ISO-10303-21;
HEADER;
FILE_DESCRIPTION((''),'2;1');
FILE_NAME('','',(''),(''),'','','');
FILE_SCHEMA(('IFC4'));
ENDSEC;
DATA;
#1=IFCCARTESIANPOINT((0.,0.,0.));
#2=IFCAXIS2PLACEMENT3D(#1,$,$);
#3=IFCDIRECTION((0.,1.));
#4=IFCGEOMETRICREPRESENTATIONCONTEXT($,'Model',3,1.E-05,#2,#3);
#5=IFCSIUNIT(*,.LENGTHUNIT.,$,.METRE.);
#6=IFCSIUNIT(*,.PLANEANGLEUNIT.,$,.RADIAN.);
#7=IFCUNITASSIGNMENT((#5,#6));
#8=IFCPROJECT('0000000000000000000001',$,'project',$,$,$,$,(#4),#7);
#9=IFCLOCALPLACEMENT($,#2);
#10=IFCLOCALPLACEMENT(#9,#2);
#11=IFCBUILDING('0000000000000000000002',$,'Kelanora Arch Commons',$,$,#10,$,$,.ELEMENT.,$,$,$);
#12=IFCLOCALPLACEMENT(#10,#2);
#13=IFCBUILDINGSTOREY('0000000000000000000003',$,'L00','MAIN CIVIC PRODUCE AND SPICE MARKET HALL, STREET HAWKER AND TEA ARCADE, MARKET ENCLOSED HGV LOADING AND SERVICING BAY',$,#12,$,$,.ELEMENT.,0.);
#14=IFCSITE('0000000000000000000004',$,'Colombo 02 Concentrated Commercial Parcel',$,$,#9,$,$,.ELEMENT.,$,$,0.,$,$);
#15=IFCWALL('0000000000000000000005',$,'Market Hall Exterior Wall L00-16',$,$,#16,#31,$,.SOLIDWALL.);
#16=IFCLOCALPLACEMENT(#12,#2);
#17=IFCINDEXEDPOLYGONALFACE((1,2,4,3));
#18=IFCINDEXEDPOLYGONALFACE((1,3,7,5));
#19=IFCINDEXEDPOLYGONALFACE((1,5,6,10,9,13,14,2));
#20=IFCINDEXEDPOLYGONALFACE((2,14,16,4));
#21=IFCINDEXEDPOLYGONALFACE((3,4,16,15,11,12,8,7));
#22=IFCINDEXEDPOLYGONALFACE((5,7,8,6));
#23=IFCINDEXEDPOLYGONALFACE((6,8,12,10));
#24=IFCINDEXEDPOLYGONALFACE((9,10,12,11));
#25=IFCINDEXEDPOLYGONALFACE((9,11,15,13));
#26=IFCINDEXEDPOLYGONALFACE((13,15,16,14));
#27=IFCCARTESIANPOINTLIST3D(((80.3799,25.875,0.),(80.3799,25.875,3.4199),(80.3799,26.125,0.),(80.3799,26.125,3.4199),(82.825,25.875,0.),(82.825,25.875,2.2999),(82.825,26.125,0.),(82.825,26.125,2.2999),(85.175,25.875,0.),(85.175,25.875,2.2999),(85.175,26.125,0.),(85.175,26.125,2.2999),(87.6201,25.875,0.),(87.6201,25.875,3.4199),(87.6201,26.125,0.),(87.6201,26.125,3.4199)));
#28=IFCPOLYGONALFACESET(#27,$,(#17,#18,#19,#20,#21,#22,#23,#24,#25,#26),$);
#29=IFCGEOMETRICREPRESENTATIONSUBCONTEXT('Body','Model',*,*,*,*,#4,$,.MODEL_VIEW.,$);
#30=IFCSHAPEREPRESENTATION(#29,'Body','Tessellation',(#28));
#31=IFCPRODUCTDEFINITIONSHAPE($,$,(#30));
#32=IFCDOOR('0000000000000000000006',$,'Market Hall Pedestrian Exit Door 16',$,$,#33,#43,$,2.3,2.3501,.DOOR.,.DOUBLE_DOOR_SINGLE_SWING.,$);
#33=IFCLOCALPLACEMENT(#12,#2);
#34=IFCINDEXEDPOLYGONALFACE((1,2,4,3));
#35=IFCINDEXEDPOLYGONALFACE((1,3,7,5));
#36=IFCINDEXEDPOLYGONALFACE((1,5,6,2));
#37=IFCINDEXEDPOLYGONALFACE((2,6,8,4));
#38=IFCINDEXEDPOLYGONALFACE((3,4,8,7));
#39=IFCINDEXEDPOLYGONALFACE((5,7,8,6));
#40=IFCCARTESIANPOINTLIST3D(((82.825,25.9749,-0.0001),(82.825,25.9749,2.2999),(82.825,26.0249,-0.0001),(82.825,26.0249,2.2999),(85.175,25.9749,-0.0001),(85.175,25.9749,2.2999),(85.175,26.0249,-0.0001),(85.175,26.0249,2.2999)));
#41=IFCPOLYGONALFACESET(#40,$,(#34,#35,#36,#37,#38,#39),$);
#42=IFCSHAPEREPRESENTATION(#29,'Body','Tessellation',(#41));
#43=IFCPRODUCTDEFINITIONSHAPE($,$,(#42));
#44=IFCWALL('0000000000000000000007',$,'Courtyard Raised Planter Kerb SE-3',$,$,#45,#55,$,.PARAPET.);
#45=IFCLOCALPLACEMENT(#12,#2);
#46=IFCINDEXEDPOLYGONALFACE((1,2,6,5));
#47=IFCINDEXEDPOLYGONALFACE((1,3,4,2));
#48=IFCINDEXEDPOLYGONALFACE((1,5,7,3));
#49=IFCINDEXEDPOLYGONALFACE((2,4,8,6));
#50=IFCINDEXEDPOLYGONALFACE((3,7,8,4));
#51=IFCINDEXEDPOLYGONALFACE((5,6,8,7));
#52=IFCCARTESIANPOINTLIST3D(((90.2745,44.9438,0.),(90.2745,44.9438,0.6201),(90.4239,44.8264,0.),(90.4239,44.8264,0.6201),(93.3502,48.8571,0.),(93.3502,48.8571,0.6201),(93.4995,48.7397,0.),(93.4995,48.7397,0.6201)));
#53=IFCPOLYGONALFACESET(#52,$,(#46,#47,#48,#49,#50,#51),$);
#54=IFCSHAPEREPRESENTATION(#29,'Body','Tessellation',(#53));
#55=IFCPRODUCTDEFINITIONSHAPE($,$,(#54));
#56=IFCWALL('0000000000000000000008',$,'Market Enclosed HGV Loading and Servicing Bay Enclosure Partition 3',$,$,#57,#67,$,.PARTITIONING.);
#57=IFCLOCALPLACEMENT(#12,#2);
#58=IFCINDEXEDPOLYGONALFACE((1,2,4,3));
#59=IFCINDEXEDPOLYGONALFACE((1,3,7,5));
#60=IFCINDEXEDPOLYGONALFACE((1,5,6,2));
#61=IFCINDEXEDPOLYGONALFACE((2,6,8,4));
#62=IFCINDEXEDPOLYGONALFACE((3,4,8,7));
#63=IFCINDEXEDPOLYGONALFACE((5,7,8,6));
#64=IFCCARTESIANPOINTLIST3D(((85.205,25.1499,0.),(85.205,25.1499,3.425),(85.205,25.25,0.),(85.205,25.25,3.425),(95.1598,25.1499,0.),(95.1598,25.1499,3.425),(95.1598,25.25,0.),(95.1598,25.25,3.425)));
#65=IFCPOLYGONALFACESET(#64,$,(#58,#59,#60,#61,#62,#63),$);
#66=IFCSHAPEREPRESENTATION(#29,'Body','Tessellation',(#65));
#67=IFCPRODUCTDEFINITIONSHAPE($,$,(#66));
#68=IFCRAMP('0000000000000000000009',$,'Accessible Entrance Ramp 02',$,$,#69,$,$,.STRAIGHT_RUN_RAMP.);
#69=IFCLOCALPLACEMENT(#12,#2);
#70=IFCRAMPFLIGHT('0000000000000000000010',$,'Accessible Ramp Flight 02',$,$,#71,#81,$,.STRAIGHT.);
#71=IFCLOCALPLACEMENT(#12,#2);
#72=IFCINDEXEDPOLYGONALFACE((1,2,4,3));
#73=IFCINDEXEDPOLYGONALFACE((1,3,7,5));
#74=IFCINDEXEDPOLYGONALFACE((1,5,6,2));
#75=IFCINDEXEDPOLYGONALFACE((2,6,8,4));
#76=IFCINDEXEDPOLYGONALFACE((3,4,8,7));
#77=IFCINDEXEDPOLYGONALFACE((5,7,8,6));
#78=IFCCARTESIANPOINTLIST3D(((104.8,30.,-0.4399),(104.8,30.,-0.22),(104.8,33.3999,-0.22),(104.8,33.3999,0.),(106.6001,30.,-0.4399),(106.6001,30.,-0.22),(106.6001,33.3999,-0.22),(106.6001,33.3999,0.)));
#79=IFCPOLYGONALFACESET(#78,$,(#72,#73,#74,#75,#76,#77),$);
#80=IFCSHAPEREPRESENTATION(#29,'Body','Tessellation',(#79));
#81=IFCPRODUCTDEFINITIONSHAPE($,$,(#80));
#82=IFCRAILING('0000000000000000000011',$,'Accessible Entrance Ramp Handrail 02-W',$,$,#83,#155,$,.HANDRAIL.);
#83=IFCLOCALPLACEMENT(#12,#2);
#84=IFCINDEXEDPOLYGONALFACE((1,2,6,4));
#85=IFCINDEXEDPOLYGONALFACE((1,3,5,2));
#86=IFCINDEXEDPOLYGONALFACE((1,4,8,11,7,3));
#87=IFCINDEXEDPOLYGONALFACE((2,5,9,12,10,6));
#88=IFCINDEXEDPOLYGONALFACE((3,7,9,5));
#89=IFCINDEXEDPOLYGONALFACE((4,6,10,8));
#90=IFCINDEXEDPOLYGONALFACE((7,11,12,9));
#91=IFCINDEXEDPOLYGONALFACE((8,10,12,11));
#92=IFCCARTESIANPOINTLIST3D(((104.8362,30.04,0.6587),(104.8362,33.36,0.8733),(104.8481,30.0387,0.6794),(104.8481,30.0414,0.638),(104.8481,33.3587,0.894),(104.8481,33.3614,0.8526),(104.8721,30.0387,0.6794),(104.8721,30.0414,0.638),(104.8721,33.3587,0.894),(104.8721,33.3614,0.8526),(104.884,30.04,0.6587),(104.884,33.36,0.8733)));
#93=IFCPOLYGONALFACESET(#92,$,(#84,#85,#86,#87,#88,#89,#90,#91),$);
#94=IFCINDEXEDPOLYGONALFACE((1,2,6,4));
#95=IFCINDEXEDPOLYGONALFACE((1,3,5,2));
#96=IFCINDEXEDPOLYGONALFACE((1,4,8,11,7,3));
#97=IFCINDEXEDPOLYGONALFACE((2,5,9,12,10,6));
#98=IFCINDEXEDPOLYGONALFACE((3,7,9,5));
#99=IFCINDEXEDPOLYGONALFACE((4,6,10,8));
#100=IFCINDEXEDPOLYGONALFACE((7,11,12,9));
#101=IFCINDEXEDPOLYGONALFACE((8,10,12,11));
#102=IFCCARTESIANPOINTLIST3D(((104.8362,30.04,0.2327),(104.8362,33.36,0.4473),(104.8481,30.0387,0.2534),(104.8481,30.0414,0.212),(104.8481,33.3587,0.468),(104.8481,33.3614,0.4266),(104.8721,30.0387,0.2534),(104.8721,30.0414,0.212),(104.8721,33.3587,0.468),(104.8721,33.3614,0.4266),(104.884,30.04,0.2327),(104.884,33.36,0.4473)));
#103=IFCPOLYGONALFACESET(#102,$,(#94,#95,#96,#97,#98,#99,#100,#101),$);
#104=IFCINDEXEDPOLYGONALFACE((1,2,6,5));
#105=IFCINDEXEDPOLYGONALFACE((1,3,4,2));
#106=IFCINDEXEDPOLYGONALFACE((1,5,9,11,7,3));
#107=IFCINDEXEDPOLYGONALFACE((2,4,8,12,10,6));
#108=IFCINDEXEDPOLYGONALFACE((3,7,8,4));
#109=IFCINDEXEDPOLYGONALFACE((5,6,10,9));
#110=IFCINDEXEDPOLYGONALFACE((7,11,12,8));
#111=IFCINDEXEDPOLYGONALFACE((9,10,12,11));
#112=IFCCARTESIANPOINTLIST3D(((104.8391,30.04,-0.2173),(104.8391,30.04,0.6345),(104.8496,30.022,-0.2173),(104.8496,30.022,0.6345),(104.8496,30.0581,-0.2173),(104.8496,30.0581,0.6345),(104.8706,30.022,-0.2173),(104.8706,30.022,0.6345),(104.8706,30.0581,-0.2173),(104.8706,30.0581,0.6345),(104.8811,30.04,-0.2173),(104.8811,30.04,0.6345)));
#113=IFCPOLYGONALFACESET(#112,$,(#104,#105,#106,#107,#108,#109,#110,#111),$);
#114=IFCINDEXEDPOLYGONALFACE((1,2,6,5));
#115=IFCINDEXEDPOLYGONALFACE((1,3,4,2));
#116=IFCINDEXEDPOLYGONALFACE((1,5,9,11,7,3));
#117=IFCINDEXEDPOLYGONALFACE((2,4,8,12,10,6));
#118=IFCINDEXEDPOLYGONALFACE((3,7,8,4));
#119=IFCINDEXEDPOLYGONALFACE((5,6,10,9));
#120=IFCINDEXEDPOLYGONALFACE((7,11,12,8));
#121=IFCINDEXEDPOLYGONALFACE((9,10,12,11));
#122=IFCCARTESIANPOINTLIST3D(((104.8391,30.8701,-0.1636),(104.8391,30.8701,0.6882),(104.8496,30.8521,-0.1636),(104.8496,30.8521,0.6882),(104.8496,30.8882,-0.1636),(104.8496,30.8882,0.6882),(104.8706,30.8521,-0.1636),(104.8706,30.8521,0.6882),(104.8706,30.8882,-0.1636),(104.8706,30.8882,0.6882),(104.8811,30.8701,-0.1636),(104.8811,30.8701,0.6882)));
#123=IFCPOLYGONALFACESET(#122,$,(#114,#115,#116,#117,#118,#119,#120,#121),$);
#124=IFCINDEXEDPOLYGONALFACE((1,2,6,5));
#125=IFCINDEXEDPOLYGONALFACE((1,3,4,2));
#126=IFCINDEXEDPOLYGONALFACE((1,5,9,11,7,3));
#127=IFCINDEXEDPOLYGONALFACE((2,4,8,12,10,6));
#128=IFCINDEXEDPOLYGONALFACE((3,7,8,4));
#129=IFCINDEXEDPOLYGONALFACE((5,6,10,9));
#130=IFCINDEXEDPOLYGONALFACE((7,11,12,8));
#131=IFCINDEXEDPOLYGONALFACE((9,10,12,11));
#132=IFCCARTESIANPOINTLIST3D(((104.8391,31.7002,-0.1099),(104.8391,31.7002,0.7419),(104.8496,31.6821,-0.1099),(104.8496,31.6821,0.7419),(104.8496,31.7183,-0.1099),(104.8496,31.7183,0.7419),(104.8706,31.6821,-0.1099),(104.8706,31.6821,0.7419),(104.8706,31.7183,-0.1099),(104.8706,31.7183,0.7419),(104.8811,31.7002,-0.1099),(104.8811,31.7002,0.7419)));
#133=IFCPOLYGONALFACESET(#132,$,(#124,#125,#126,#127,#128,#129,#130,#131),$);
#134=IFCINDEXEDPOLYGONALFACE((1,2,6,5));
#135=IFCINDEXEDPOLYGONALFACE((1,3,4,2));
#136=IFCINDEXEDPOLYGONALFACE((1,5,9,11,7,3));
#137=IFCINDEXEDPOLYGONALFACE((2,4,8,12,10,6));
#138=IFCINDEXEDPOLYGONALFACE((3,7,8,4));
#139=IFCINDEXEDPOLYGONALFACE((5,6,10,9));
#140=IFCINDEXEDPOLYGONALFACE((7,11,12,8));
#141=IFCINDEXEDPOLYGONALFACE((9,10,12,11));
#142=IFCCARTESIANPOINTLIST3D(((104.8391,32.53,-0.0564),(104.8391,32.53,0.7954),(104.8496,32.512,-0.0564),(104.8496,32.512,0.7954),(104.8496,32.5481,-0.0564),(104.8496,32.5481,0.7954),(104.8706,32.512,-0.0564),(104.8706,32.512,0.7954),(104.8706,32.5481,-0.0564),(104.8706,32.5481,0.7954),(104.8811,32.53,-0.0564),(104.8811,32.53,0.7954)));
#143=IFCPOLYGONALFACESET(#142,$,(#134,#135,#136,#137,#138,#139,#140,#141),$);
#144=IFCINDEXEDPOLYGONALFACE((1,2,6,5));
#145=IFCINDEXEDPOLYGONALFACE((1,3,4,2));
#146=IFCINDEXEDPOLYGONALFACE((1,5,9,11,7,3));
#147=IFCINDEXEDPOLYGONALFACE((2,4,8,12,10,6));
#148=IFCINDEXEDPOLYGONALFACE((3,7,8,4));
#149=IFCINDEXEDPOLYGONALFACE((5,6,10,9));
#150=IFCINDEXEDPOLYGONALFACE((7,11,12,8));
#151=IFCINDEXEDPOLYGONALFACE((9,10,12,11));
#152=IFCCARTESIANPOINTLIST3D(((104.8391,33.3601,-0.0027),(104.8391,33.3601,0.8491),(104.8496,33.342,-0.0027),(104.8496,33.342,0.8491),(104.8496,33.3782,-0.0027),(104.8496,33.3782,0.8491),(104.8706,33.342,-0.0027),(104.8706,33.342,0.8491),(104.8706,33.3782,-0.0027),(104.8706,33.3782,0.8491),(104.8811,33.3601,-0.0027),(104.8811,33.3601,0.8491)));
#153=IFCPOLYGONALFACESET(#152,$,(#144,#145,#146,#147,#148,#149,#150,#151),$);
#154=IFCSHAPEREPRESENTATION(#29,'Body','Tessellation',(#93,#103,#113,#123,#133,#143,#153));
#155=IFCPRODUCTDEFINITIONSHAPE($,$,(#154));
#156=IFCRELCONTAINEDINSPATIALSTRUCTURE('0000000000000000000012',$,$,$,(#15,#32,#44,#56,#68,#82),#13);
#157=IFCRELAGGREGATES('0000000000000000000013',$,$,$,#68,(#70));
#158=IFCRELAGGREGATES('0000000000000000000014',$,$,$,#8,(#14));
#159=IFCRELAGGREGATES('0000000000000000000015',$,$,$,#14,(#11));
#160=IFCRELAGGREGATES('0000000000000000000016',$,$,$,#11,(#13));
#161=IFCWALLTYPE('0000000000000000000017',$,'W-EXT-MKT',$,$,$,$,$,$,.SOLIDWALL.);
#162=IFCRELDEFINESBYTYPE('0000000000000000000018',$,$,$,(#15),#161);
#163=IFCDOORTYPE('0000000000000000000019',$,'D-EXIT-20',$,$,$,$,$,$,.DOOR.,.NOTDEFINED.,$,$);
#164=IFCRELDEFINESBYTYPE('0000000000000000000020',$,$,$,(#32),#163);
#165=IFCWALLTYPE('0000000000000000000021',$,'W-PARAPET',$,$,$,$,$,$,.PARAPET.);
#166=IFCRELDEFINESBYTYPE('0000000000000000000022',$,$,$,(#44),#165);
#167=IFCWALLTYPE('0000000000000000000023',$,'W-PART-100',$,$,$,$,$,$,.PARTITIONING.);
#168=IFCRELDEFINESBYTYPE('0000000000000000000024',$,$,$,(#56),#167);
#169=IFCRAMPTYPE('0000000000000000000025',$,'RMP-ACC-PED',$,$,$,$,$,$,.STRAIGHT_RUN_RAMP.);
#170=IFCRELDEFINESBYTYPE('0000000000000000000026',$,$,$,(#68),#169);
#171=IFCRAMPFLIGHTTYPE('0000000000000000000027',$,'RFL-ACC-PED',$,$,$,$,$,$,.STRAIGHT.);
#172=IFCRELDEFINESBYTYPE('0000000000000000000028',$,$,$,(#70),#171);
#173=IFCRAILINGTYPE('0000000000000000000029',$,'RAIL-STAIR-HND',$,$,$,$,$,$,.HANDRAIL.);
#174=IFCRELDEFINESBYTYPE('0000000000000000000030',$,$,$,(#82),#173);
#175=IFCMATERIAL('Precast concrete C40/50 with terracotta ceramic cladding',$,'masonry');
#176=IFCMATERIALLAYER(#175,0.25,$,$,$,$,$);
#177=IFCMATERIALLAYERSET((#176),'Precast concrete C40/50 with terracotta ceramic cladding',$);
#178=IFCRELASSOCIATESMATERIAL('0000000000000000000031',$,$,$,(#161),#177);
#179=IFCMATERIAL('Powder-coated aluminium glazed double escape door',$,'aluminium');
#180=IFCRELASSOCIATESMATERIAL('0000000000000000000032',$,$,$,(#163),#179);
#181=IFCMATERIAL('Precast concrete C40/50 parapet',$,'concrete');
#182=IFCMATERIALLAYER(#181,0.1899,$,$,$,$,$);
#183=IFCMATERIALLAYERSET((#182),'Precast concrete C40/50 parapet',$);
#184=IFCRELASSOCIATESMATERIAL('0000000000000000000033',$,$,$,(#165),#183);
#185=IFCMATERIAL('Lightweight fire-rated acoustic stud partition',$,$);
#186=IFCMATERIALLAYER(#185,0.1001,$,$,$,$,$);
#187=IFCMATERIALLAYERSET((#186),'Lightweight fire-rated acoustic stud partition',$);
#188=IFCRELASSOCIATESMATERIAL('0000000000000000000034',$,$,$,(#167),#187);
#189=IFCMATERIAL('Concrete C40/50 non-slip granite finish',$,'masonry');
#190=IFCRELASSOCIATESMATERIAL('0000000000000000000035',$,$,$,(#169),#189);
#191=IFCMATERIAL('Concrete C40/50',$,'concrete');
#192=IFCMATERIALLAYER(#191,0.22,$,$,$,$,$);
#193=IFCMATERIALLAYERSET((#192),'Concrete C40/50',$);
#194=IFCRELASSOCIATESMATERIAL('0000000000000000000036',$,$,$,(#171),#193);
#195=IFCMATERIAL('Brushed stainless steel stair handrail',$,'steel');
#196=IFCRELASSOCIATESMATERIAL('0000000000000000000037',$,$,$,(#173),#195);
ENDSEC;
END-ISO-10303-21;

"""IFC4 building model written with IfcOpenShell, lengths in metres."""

from ifc_helpers import new_model, si_unit, direction, frame, frame_2d, origin, place, context, subcontext, project, spatial, polyline, rectangle, outline, extrude, material, layer, layer_set, type_object, element, fill, aggregate, save


model = new_model("IFC4")

# Units and contexts
model_context = context("Model", 3, precision=1e-05, world=origin(), true_north=direction((0.0, 1.0)))
body_context = subcontext(model_context, "Body", "Model", "MODEL_VIEW")
ifc_project = project(units=[si_unit("LENGTHUNIT", "METRE"), si_unit("PLANEANGLEUNIT", "RADIAN")], contexts=[model_context])

# Site, building, storey
site_placement = place(None, origin())
site = spatial("IfcSite", under=ifc_project, at=site_placement, Name="Colombo 02 Concentrated Commercial Parcel", CompositionType="ELEMENT", RefElevation=0.0)
building_placement = place(site_placement, origin())
building = spatial("IfcBuilding", under=site, at=building_placement, Name="Kelanora Arch Commons", CompositionType="ELEMENT")
storey_placement = place(building_placement, origin())
storey = spatial("IfcBuildingStorey", under=building, at=storey_placement, Name="L00", Description="MAIN CIVIC PRODUCE AND SPICE MARKET HALL, STREET HAWKER AND TEA ARCADE, MARKET ENCLOSED HGV LOADING AND SERVICING BAY", CompositionType="ELEMENT", Elevation=0.0)

# Shared definitions
ifc_material_1 = material(Name="Concrete C40/50", Category="concrete")

# Shared definitions
ifc_material_2 = material(Name="Precast concrete C40/50 with terracotta ceramic cladding", Category="masonry")
ifc_layer_1 = layer(ifc_material_2, 0.25)
ifc_layer_set_1 = layer_set([ifc_layer_1], Name="Precast concrete C40/50 with terracotta ceramic cladding")
wall_type_1 = type_object("IfcWallType", Name="W-EXT-MKT", PredefinedType="SOLIDWALL", material=ifc_layer_set_1)

# Wall, opening, door
wall_1_placement = place(storey_placement, frame((87.6201, 26.0, 0.0), z_axis=(0.0, 0.0, 1.0), x_axis=(-1.0, 0.0, 0.0)))
wall_1 = element("IfcWall", 1, at=wall_1_placement, inside=storey, type_object=wall_type_1, Name="Market Hall Exterior Wall L00-16", PredefinedType="SOLIDWALL", context=body_context, shape_type="SweptSolid", body=[
    extrude(rectangle(XDim=7.2402, YDim=0.25, at=frame_2d((3.6201, 0.0))), origin(), (0.0, 0.0, 1.0), 3.4199),
])
opening_1_placement = place(wall_1_placement, frame((2.4451, 0.0, 0.0)))
opening_1 = element("IfcOpeningElement", 2, at=opening_1_placement, cuts=wall_1, PredefinedType="OPENING", context=body_context, shape_type="SweptSolid", body=[
    extrude(rectangle(XDim=2.3501, YDim=2.3, at=frame_2d((1.175, 1.1499))), frame((0.0, 0.135, 0.0), z_axis=(0.0, -1.0, 0.0), x_axis=(1.0, 0.0, 0.0)), (0.0, 0.0, 1.0), 0.27),
])
ifc_material_3 = material(Name="Powder-coated aluminium glazed double escape door", Category="aluminium")
door_type = type_object("IfcDoorType", Name="D-EXIT-20", OperationType="NOTDEFINED", PredefinedType="DOOR", material=ifc_material_3)
door_placement = place(opening_1_placement, frame((2.3501, 0.0, 0.0), z_axis=(0.0, 0.0, 1.0), x_axis=(-1.0, 0.0, 0.0)))
door = element("IfcDoor", 3, at=door_placement, inside=storey, type_object=door_type, Name="Market Hall Pedestrian Exit Door 16", OperationType="DOUBLE_DOOR_SINGLE_SWING", OverallHeight=2.3, OverallWidth=2.3501, PredefinedType="DOOR", context=body_context, shape_type="SweptSolid", body=[
    extrude(rectangle(XDim=2.3501, YDim=2.3, at=frame_2d((1.175, 1.1499))), frame((0.0, 0.0249, 0.0), z_axis=(0.0, -1.0, 0.0), x_axis=(1.0, 0.0, 0.0)), (0.0, 0.0, 1.0), 0.05),
])
fill(opening_1, door)

# Walls
ifc_material_4 = material(Name="Precast concrete C40/50 parapet", Category="concrete")
ifc_layer_2 = layer(ifc_material_4, 0.1899)
ifc_layer_set_2 = layer_set([ifc_layer_2], Name="Precast concrete C40/50 parapet")
wall_type_2 = type_object("IfcWallType", Name="W-PARAPET", PredefinedType="PARAPET", material=ifc_layer_set_2)
wall_2_placement = place(storey_placement, frame((90.3491, 44.885, 0.0), z_axis=(0.0, 0.0, 1.0), x_axis=(0.617936, 0.786228, 0.0)))
element("IfcWall", 4, at=wall_2_placement, inside=storey, type_object=wall_type_2, Name="Courtyard Raised Planter Kerb SE-3", PredefinedType="PARAPET", context=body_context, shape_type="SweptSolid", body=[
    extrude(rectangle(XDim=4.9773, YDim=0.1899, at=frame_2d((2.4888, 0.0))), origin(), (0.0, 0.0, 1.0), 0.6201),
])
ifc_material_5 = material(Name="Lightweight fire-rated acoustic stud partition")
ifc_layer_3 = layer(ifc_material_5, 0.1001)
ifc_layer_set_3 = layer_set([ifc_layer_3], Name="Lightweight fire-rated acoustic stud partition")
wall_type_3 = type_object("IfcWallType", Name="W-PART-100", PredefinedType="PARTITIONING", material=ifc_layer_set_3)
wall_3_placement = place(storey_placement, frame((95.1599, 25.2, 0.0), z_axis=(0.0, 0.0, 1.0), x_axis=(-1.0, 0.0, 0.0)))
element("IfcWall", 5, at=wall_3_placement, inside=storey, type_object=wall_type_3, Name="Market Enclosed HGV Loading and Servicing Bay Enclosure Partition 3", PredefinedType="PARTITIONING", context=body_context, shape_type="SweptSolid", body=[
    extrude(rectangle(XDim=9.9548, YDim=0.1001, at=frame_2d((4.9775, 0.0))), origin(), (0.0, 0.0, 1.0), 3.425),
])

# Ramp, ramp flight
ifc_material_6 = material(Name="Concrete C40/50 non-slip granite finish", Category="masonry")
ramp_type = type_object("IfcRampType", Name="RMP-ACC-PED", PredefinedType="STRAIGHT_RUN_RAMP", material=ifc_material_6)
ramp_placement = place(storey_placement, origin())
ramp = element("IfcRamp", 6, at=ramp_placement, inside=storey, type_object=ramp_type, Name="Accessible Entrance Ramp 02", PredefinedType="STRAIGHT_RUN_RAMP")
ifc_layer_4 = layer(ifc_material_1, 0.22)
ifc_layer_set_4 = layer_set([ifc_layer_4], Name="Concrete C40/50")
ramp_flight_type = type_object("IfcRampFlightType", Name="RFL-ACC-PED", PredefinedType="STRAIGHT", material=ifc_layer_set_4)
ramp_flight_placement = place(storey_placement, frame((105.7, 30.0, -0.22), z_axis=(0.0, 0.0, 1.0), x_axis=(0.0, 1.0, 0.0)))
ramp_flight = element("IfcRampFlight", 7, at=ramp_flight_placement, type_object=ramp_flight_type, Name="Accessible Ramp Flight 02", PredefinedType="STRAIGHT", context=body_context, shape_type="SweptSolid", body=[
    extrude(outline(polyline([(0.0, 0.0), (3.3999, 0.22), (3.3999, 0.0), (0.0, -0.22), (0.0, 0.0)])), frame((0.0, 0.8999, 0.0), z_axis=(0.0, -1.0, 0.0), x_axis=(1.0, 0.0, 0.0)), (0.0, 0.0, 1.0), 1.8),
])
aggregate(ramp, [ramp_flight])

# Railing
ifc_material_7 = material(Name="Brushed stainless steel stair handrail", Category="steel")
railing_type = type_object("IfcRailingType", Name="RAIL-STAIR-HND", PredefinedType="HANDRAIL", material=ifc_material_7)
railing_1_placement = place(storey_placement, frame((104.8601, 30.04, -0.2173)))
element("IfcRailing", 8, at=railing_1_placement, inside=storey, type_object=railing_type, Name="Accessible Entrance Ramp Handrail 02-W", PredefinedType="HANDRAIL", context=body_context, shape_type="SweptSolid", body=[
    extrude(outline(polyline([(0.0239, 0.0), (0.012, 0.0208), (-0.012, 0.0208), (-0.0239, 0.0), (-0.012, -0.0208), (0.012, -0.0208), (0.0239, 0.0)])), frame((0.0, 0.0, 0.876), z_axis=(0.0, 0.997918, 0.064503), x_axis=(-1.0, 0.0, 0.0)), (0.0, 0.0, 1.0), 3.3269),
    extrude(outline(polyline([(0.0239, 0.0), (0.012, 0.0208), (-0.012, 0.0208), (-0.0239, 0.0), (-0.012, -0.0208), (0.012, -0.0208), (0.0239, 0.0)])), frame((0.0, 0.0, 0.45), z_axis=(0.0, 0.997918, 0.064503), x_axis=(-1.0, 0.0, 0.0)), (0.0, 0.0, 1.0), 3.3269),
    extrude(outline(polyline([(0.021, 0.0), (0.0105, 0.0181), (-0.0105, 0.0181), (-0.021, 0.0), (-0.0105, -0.0181), (0.0105, -0.0181), (0.021, 0.0)])), origin(), (0.0, 0.0, 1.0), 0.8518),
    extrude(outline(polyline([(0.021, 0.0), (0.0105, 0.0181), (-0.0105, 0.0181), (-0.021, 0.0), (-0.0105, -0.0181), (0.0105, -0.0181), (0.021, 0.0)])), frame((0.0, 0.8301, 0.0537)), (0.0, 0.0, 1.0), 0.8518),
    extrude(outline(polyline([(0.021, 0.0), (0.0105, 0.0181), (-0.0105, 0.0181), (-0.021, 0.0), (-0.0105, -0.0181), (0.0105, -0.0181), (0.021, 0.0)])), frame((0.0, 1.6602, 0.1074)), (0.0, 0.0, 1.0), 0.8518),
    extrude(outline(polyline([(0.021, 0.0), (0.0105, 0.0181), (-0.0105, 0.0181), (-0.021, 0.0), (-0.0105, -0.0181), (0.0105, -0.0181), (0.021, 0.0)])), frame((0.0, 2.49, 0.1609)), (0.0, 0.0, 1.0), 0.8518),
    extrude(outline(polyline([(0.021, 0.0), (0.0105, 0.0181), (-0.0105, 0.0181), (-0.021, 0.0), (-0.0105, -0.0181), (0.0105, -0.0181), (0.021, 0.0)])), frame((0.0, 3.3201, 0.2146)), (0.0, 0.0, 1.0), 0.8518),
])

save(model, "model.ifc")
